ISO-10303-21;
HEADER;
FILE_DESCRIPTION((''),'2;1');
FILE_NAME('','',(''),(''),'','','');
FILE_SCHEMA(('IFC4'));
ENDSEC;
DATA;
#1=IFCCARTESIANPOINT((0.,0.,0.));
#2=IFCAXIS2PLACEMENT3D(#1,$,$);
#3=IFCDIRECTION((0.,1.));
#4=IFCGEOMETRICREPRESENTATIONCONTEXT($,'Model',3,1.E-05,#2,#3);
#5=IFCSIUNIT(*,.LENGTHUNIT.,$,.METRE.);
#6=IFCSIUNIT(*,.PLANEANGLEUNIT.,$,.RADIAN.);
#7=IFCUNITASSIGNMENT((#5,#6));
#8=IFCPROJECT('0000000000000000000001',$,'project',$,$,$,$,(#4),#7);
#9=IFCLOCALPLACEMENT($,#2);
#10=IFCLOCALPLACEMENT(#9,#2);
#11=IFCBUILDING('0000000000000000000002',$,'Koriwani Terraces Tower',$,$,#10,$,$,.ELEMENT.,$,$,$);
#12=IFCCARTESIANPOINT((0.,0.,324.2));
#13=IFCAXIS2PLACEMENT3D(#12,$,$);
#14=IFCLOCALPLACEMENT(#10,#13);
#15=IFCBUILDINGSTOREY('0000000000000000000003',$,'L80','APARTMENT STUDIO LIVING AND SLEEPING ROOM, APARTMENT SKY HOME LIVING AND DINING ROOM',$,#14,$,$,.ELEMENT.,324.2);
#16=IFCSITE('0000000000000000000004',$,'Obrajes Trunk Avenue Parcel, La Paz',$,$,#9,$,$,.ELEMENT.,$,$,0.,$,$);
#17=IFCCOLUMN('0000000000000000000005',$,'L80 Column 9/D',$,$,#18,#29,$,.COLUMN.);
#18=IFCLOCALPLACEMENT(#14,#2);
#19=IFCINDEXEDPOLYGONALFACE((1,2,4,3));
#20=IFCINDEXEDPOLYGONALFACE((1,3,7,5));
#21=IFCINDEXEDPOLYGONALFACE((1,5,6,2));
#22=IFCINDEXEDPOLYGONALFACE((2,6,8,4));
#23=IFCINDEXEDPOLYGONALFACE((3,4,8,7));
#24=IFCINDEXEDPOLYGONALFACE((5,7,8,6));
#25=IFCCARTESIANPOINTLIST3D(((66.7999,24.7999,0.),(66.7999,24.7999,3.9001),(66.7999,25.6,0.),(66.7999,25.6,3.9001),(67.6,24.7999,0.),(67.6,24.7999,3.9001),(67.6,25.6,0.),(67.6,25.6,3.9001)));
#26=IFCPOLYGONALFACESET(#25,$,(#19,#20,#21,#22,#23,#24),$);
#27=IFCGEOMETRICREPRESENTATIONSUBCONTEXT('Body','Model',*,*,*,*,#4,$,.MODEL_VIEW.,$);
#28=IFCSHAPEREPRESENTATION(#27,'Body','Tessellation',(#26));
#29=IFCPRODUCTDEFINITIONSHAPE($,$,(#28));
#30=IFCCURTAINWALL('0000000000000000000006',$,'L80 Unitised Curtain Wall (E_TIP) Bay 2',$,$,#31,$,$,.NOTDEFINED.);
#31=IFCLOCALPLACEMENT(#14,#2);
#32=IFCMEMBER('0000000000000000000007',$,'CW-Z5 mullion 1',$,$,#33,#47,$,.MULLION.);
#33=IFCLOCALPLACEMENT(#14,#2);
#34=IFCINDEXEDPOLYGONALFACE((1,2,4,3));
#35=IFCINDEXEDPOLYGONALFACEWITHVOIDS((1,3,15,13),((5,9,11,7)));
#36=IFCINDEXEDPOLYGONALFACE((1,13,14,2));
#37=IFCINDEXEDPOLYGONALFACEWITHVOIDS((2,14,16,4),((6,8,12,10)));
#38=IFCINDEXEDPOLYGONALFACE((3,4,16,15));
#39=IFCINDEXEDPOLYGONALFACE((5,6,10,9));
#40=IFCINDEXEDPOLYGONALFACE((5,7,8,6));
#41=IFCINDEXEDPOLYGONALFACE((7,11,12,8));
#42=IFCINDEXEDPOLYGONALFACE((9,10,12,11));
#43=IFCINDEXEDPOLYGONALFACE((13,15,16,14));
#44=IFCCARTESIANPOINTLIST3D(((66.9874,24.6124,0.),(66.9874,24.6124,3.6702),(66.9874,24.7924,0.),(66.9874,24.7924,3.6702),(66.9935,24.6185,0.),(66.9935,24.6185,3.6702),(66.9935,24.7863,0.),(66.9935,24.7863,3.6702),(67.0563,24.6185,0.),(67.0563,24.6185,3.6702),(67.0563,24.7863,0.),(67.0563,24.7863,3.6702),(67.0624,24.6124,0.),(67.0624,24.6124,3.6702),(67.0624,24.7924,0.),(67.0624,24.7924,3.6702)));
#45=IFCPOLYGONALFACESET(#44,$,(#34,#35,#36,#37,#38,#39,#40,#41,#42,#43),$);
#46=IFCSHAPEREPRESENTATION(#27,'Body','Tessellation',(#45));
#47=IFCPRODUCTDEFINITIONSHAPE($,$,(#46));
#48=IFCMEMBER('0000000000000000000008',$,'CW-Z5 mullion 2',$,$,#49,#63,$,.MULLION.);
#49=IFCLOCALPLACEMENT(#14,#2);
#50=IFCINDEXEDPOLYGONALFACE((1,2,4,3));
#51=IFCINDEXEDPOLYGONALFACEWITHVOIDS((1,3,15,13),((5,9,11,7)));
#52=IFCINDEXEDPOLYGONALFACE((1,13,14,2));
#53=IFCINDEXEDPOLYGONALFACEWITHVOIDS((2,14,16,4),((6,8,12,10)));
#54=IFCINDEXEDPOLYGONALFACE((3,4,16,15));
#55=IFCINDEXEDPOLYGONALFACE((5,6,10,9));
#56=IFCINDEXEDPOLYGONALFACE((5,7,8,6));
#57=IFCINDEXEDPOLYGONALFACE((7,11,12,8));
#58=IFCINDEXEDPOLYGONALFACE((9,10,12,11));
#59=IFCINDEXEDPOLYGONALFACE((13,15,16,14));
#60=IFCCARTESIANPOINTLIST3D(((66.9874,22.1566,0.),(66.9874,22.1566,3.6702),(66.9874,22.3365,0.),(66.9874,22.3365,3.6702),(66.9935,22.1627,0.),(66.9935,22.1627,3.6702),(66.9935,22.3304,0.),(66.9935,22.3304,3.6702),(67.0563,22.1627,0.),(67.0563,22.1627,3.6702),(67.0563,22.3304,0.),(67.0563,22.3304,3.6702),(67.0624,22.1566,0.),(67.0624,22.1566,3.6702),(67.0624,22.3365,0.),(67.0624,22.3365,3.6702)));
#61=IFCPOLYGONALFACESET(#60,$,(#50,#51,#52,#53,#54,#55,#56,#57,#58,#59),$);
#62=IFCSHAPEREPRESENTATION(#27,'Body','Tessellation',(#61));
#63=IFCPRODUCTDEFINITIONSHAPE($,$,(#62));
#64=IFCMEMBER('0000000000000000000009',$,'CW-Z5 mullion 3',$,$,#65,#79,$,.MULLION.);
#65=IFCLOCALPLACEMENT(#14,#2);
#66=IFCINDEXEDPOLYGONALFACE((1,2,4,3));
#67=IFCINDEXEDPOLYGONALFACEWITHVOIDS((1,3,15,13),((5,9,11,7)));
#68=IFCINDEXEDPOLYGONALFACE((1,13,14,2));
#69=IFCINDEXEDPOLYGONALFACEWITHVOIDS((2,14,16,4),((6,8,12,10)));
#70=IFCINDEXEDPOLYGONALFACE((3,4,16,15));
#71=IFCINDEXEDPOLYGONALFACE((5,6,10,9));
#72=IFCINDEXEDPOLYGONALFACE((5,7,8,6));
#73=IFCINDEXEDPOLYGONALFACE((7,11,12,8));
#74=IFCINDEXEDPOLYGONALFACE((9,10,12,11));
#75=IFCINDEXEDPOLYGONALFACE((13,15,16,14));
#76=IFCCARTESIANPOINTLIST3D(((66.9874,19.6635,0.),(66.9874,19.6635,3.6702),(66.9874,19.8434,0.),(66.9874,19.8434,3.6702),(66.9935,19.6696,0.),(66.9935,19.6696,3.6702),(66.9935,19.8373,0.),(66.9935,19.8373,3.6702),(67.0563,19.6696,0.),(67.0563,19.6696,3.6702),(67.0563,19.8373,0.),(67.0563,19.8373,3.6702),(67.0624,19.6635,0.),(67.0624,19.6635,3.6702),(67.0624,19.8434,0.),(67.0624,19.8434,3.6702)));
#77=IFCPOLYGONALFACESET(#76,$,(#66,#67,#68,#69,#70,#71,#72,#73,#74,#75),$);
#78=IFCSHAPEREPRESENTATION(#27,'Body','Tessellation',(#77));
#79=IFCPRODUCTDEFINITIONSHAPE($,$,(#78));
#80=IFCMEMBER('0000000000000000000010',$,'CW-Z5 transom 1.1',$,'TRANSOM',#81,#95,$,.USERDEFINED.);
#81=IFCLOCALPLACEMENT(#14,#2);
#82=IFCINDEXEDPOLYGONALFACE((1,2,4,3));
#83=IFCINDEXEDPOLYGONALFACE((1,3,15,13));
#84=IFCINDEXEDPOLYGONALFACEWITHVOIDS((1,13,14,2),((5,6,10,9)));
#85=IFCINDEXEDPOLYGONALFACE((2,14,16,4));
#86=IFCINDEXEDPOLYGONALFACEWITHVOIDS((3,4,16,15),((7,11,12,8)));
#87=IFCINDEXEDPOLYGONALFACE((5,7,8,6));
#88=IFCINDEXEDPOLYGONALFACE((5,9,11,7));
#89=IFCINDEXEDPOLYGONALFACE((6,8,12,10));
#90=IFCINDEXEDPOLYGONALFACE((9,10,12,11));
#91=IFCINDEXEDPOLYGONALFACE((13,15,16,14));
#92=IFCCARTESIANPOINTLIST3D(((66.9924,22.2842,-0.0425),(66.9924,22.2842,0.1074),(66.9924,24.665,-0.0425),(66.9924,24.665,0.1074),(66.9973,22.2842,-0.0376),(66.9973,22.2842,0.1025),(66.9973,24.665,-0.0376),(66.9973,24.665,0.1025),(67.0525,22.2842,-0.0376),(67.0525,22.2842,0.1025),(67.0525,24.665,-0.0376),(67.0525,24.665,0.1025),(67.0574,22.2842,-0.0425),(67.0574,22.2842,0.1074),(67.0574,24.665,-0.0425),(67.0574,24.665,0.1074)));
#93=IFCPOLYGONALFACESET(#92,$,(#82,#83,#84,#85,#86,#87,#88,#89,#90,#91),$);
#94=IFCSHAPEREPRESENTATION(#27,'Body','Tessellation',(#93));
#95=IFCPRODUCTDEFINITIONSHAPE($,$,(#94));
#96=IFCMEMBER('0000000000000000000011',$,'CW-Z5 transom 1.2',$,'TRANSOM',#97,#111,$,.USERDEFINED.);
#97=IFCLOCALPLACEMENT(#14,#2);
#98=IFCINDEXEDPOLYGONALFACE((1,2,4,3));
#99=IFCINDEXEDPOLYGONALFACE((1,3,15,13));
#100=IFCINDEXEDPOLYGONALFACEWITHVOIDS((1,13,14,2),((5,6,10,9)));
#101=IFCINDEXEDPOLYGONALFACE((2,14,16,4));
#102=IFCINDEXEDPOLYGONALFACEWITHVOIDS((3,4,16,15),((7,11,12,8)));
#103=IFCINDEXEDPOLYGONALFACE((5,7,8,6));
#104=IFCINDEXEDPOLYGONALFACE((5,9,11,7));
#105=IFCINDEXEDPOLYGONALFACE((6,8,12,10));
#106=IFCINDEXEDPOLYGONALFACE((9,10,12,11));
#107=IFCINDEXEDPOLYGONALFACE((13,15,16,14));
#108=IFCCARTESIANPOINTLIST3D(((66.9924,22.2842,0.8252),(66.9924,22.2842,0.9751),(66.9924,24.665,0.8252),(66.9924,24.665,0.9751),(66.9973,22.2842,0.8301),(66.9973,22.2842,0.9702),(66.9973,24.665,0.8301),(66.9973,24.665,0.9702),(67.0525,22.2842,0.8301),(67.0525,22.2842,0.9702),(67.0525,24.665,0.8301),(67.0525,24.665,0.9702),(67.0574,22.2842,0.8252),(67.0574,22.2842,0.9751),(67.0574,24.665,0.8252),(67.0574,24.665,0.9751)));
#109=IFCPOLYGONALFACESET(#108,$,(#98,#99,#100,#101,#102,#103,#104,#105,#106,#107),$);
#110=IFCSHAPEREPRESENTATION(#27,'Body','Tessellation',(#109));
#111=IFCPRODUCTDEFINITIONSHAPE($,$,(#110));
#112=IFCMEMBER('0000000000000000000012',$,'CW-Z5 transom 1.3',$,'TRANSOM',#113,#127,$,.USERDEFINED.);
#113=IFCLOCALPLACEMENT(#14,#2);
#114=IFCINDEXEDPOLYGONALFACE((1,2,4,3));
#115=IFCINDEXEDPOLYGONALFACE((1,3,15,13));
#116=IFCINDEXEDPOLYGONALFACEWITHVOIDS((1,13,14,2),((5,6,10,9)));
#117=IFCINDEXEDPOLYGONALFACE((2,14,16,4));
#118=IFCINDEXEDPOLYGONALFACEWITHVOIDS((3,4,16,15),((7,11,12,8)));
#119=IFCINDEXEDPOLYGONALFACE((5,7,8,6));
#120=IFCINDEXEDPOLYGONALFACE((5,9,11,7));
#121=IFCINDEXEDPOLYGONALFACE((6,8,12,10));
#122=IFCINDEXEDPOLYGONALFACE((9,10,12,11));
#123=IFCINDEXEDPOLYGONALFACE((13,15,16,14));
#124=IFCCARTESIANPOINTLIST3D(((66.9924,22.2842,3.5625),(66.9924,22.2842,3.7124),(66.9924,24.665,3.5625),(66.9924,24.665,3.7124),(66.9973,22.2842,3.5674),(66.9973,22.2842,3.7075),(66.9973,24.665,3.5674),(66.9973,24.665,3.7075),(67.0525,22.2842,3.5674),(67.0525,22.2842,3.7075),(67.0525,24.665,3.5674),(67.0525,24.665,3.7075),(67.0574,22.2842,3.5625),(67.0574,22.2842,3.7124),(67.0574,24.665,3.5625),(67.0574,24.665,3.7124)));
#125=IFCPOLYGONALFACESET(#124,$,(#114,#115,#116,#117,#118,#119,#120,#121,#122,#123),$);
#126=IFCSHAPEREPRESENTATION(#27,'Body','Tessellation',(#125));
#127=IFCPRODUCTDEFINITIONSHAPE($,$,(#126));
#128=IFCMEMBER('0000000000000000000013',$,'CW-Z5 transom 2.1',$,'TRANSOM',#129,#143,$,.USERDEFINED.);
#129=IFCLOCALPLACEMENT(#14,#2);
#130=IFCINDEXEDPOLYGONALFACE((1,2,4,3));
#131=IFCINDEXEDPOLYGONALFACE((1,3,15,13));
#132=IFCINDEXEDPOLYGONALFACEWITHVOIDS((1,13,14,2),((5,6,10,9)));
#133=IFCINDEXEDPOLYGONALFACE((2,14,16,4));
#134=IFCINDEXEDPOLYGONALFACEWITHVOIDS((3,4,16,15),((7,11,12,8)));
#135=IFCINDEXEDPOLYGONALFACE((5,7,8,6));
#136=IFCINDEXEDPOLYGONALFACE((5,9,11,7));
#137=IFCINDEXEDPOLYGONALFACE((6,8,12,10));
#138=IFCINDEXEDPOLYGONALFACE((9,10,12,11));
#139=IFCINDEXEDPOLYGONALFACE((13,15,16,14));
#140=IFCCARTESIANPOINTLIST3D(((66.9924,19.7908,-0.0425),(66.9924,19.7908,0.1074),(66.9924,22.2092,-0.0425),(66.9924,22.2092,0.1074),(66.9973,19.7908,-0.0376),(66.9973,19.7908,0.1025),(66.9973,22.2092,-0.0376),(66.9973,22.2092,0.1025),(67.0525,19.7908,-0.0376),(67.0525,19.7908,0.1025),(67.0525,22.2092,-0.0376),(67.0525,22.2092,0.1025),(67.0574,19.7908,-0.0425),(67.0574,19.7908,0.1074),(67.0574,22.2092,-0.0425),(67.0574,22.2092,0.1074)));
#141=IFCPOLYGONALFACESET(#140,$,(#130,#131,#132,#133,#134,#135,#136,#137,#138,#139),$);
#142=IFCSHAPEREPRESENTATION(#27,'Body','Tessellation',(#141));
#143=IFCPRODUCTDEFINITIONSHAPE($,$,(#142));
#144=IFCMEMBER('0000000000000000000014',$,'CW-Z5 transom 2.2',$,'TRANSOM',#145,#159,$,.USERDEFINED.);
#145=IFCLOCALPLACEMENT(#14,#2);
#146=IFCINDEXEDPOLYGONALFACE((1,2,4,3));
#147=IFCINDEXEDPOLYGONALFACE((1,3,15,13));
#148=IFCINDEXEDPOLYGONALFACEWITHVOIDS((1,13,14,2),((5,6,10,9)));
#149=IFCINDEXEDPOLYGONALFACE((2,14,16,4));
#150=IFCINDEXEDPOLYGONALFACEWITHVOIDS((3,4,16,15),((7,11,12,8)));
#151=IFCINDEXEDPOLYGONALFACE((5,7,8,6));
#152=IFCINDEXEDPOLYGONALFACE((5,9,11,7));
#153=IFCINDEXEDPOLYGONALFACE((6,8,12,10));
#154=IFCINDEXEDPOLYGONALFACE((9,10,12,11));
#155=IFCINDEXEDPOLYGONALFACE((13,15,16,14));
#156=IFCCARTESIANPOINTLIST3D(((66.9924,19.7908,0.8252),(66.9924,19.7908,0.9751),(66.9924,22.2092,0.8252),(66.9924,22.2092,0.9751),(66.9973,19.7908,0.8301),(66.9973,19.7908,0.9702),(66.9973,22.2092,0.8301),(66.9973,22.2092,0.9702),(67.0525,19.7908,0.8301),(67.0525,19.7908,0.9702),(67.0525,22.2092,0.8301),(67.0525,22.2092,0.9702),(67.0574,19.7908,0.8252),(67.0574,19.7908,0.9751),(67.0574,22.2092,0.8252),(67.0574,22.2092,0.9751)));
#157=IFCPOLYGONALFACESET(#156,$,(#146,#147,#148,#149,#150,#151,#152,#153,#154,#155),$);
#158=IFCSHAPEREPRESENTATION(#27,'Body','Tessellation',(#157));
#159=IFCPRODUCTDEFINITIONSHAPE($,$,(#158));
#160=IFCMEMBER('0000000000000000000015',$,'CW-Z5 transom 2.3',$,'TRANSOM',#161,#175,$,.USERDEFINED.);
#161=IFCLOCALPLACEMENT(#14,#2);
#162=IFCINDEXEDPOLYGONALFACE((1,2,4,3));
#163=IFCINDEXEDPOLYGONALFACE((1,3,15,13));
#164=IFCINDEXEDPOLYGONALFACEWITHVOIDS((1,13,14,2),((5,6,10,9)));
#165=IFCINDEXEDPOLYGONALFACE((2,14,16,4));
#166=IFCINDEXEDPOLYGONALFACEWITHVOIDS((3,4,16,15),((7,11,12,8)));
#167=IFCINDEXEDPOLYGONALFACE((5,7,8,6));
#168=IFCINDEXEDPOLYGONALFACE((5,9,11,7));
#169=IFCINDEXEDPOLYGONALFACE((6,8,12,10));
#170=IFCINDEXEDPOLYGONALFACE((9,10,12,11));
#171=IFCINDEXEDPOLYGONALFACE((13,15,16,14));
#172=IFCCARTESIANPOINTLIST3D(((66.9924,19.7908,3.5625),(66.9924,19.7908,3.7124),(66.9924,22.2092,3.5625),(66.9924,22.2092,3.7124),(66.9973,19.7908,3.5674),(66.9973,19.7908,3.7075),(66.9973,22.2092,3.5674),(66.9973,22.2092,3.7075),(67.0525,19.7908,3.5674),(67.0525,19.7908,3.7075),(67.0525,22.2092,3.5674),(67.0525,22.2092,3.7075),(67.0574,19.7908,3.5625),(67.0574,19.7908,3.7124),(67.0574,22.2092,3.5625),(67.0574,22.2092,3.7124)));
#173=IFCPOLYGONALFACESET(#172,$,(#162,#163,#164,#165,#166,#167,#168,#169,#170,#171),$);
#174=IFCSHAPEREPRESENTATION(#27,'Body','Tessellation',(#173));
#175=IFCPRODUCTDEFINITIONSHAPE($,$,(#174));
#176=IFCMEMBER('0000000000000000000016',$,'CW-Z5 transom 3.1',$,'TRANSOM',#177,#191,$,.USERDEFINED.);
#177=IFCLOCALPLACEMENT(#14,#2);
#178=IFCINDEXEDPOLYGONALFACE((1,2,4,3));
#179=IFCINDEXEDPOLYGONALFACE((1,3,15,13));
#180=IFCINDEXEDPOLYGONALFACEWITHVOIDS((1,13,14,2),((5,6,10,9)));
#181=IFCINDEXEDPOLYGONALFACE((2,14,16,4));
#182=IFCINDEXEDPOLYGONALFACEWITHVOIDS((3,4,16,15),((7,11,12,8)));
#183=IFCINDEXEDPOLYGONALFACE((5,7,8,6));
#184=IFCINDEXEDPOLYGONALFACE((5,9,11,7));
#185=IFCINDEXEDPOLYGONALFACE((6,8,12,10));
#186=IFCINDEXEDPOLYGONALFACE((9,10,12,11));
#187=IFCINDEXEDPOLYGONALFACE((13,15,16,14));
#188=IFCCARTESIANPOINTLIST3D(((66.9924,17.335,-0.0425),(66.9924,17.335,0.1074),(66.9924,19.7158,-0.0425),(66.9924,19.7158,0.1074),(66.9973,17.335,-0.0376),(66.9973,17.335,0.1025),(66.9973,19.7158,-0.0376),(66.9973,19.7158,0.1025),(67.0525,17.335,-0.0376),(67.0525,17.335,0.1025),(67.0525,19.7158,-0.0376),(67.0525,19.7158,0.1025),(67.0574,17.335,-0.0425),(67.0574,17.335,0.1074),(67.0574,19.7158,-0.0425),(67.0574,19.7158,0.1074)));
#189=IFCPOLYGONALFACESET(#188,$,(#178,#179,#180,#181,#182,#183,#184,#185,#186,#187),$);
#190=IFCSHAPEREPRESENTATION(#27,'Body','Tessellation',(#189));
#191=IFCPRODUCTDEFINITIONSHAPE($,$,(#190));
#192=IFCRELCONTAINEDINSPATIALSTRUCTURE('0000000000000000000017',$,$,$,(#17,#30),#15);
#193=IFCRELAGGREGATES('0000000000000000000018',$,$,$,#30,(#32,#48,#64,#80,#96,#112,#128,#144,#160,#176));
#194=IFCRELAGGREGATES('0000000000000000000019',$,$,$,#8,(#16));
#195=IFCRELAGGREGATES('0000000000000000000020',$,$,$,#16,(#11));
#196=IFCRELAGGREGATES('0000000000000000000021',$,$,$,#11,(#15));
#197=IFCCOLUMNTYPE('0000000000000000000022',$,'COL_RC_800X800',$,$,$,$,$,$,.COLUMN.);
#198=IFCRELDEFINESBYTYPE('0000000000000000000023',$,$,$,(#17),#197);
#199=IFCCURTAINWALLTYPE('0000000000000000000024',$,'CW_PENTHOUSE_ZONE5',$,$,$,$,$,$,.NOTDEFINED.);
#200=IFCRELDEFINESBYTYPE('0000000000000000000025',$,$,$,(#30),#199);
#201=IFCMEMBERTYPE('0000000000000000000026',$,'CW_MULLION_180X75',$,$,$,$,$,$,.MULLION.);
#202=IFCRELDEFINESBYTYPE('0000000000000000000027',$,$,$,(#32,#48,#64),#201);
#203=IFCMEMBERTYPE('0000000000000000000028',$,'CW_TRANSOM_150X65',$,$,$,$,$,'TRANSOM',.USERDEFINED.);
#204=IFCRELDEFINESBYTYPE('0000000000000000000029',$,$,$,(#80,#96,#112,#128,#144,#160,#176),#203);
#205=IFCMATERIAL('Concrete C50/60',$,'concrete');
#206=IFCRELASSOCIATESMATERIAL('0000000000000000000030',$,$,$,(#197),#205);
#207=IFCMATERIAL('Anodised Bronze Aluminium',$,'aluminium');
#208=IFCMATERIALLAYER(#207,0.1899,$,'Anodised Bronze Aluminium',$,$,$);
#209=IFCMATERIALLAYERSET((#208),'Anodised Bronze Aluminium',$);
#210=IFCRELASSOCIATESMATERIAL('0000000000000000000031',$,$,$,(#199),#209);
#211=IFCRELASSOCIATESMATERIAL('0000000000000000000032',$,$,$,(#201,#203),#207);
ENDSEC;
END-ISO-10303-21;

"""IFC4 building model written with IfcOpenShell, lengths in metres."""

from ifc_helpers import new_model, si_unit, direction, frame, origin, origin_2d, place, context, subcontext, project, spatial, rectangle, hollow_rectangle, extrude, material, layer, layer_set, material_profile, profile_set, type_object, element, aggregate, save


model = new_model("IFC4")

# Units and contexts
model_context = context("Model", 3, precision=1e-05, world=origin(), true_north=direction((0.0, 1.0)))
body_context = subcontext(model_context, "Body", "Model", "MODEL_VIEW")
ifc_project = project(units=[si_unit("LENGTHUNIT", "METRE"), si_unit("PLANEANGLEUNIT", "RADIAN")], contexts=[model_context])

# Site, building, storey
site_placement = place(None, origin())
site = spatial("IfcSite", under=ifc_project, at=site_placement, Name="Obrajes Trunk Avenue Parcel, La Paz", CompositionType="ELEMENT", RefElevation=0.0)
building_placement = place(site_placement, origin())
building = spatial("IfcBuilding", under=site, at=building_placement, Name="Koriwani Terraces Tower", CompositionType="ELEMENT")
storey_placement = place(building_placement, frame((0.0, 0.0, 324.2)))
storey = spatial("IfcBuildingStorey", under=building, at=storey_placement, Name="L80", Description="APARTMENT STUDIO LIVING AND SLEEPING ROOM, APARTMENT SKY HOME LIVING AND DINING ROOM", CompositionType="ELEMENT", Elevation=324.2)

# Column
ifc_material_1 = material(Name="Concrete C50/60", Category="concrete")
ifc_material_profile_1 = material_profile(ifc_material_1, rectangle(XDim=0.8, YDim=0.8, at=origin_2d()), Name="Concrete C50/60", Category="LoadBearing")
ifc_profile_set_1 = profile_set([ifc_material_profile_1], Name="Concrete C50/60")
column_type = type_object("IfcColumnType", Name="COL_RC_800X800", PredefinedType="COLUMN", material=ifc_profile_set_1)
column_placement = place(storey_placement, frame((67.2, 25.2, 0.0), z_axis=(0.0, 0.0, 1.0), x_axis=(1.0, 0.0, 0.0)))
element("IfcColumn", 1, at=column_placement, inside=storey, type_object=column_type, Name="L80 Column 9/D", PredefinedType="COLUMN", context=body_context, shape_type="SweptSolid", body=[
    extrude(rectangle(XDim=0.8, YDim=0.8, at=origin_2d()), origin(), (0.0, 0.0, 1.0), 3.9001),
])

# Curtain wall, members
ifc_material_2 = material(Name="Anodised Bronze Aluminium", Category="aluminium")
ifc_layer_1 = layer(ifc_material_2, 0.1899, Name="Anodised Bronze Aluminium")
ifc_layer_set_1 = layer_set([ifc_layer_1], Name="Anodised Bronze Aluminium")
curtain_wall_type = type_object("IfcCurtainWallType", Name="CW_PENTHOUSE_ZONE5", PredefinedType="NOTDEFINED", material=ifc_layer_set_1)
curtain_wall_placement = place(storey_placement, origin())
curtain_wall = element("IfcCurtainWall", 2, at=curtain_wall_placement, inside=storey, type_object=curtain_wall_type, Name="L80 Unitised Curtain Wall (E_TIP) Bay 2", PredefinedType="NOTDEFINED")
ifc_material_profile_2 = material_profile(ifc_material_2, hollow_rectangle(XDim=0.075, YDim=0.1799, WallThickness=0.0061, at=origin_2d()), Name="Anodised Bronze Aluminium", Category="LoadBearing")
ifc_profile_set_2 = profile_set([ifc_material_profile_2], Name="Anodised Bronze Aluminium")
member_type_1 = type_object("IfcMemberType", Name="CW_MULLION_180X75", PredefinedType="MULLION", material=ifc_profile_set_2)
member_1_placement = place(storey_placement, frame((67.0249, 24.7024, 0.0), z_axis=(0.0, 0.0, 1.0), x_axis=(1.0, 0.0, 0.0)))
member_1 = element("IfcMember", 3, at=member_1_placement, type_object=member_type_1, Name="CW-Z5 mullion 1", PredefinedType="MULLION", context=body_context, shape_type="SweptSolid", body=[
    extrude(hollow_rectangle(XDim=0.075, YDim=0.1799, WallThickness=0.0061, at=origin_2d()), origin(), (0.0, 0.0, 1.0), 3.6702),
])
member_2_placement = place(storey_placement, frame((67.0249, 22.2466, 0.0), z_axis=(0.0, 0.0, 1.0), x_axis=(1.0, 0.0, 0.0)))
member_2 = element("IfcMember", 4, at=member_2_placement, type_object=member_type_1, Name="CW-Z5 mullion 2", PredefinedType="MULLION", context=body_context, shape_type="SweptSolid", body=[
    extrude(hollow_rectangle(XDim=0.075, YDim=0.1799, WallThickness=0.0061, at=origin_2d()), origin(), (0.0, 0.0, 1.0), 3.6702),
])
member_3_placement = place(storey_placement, frame((67.0249, 19.7534, 0.0), z_axis=(0.0, 0.0, 1.0), x_axis=(1.0, 0.0, 0.0)))
member_3 = element("IfcMember", 5, at=member_3_placement, type_object=member_type_1, Name="CW-Z5 mullion 3", PredefinedType="MULLION", context=body_context, shape_type="SweptSolid", body=[
    extrude(hollow_rectangle(XDim=0.075, YDim=0.1799, WallThickness=0.0061, at=origin_2d()), origin(), (0.0, 0.0, 1.0), 3.6702),
])
ifc_material_profile_3 = material_profile(ifc_material_2, hollow_rectangle(XDim=0.0649, YDim=0.1499, WallThickness=0.0049, at=origin_2d()), Name="Anodised Bronze Aluminium", Category="LoadBearing")
ifc_profile_set_3 = profile_set([ifc_material_profile_3], Name="Anodised Bronze Aluminium")
member_type_2 = type_object("IfcMemberType", Name="CW_TRANSOM_150X65", ElementType="TRANSOM", PredefinedType="USERDEFINED", material=ifc_profile_set_3)
member_4_placement = place(storey_placement, frame((67.0249, 24.665, 0.0325), z_axis=(0.0, -1.0, 0.0), x_axis=(1.0, 0.0, 0.0)))
member_4 = element("IfcMember", 6, at=member_4_placement, type_object=member_type_2, Name="CW-Z5 transom 1.1", ObjectType="TRANSOM", PredefinedType="USERDEFINED", context=body_context, shape_type="SweptSolid", body=[
    extrude(hollow_rectangle(XDim=0.0649, YDim=0.1499, WallThickness=0.0049, at=origin_2d()), origin(), (0.0, 0.0, 1.0), 2.3809),
])
member_5_placement = place(storey_placement, frame((67.0249, 24.665, 0.9001), z_axis=(0.0, -1.0, 0.0), x_axis=(1.0, 0.0, 0.0)))
member_5 = element("IfcMember", 7, at=member_5_placement, type_object=member_type_2, Name="CW-Z5 transom 1.2", ObjectType="TRANSOM", PredefinedType="USERDEFINED", context=body_context, shape_type="SweptSolid", body=[
    extrude(hollow_rectangle(XDim=0.0649, YDim=0.1499, WallThickness=0.0049, at=origin_2d()), origin(), (0.0, 0.0, 1.0), 2.3809),
])
member_6_placement = place(storey_placement, frame((67.0249, 24.665, 3.6375), z_axis=(0.0, -1.0, 0.0), x_axis=(1.0, 0.0, 0.0)))
member_6 = element("IfcMember", 8, at=member_6_placement, type_object=member_type_2, Name="CW-Z5 transom 1.3", ObjectType="TRANSOM", PredefinedType="USERDEFINED", context=body_context, shape_type="SweptSolid", body=[
    extrude(hollow_rectangle(XDim=0.0649, YDim=0.1499, WallThickness=0.0049, at=origin_2d()), origin(), (0.0, 0.0, 1.0), 2.3809),
])
member_7_placement = place(storey_placement, frame((67.0249, 22.2092, 0.0325), z_axis=(0.0, -1.0, 0.0), x_axis=(1.0, 0.0, 0.0)))
member_7 = element("IfcMember", 9, at=member_7_placement, type_object=member_type_2, Name="CW-Z5 transom 2.1", ObjectType="TRANSOM", PredefinedType="USERDEFINED", context=body_context, shape_type="SweptSolid", body=[
    extrude(hollow_rectangle(XDim=0.0649, YDim=0.1499, WallThickness=0.0049, at=origin_2d()), origin(), (0.0, 0.0, 1.0), 2.4185),
])
member_8_placement = place(storey_placement, frame((67.0249, 22.2092, 0.9001), z_axis=(0.0, -1.0, 0.0), x_axis=(1.0, 0.0, 0.0)))
member_8 = element("IfcMember", 10, at=member_8_placement, type_object=member_type_2, Name="CW-Z5 transom 2.2", ObjectType="TRANSOM", PredefinedType="USERDEFINED", context=body_context, shape_type="SweptSolid", body=[
    extrude(hollow_rectangle(XDim=0.0649, YDim=0.1499, WallThickness=0.0049, at=origin_2d()), origin(), (0.0, 0.0, 1.0), 2.4185),
])
member_9_placement = place(storey_placement, frame((67.0249, 22.2092, 3.6375), z_axis=(0.0, -1.0, 0.0), x_axis=(1.0, 0.0, 0.0)))
member_9 = element("IfcMember", 11, at=member_9_placement, type_object=member_type_2, Name="CW-Z5 transom 2.3", ObjectType="TRANSOM", PredefinedType="USERDEFINED", context=body_context, shape_type="SweptSolid", body=[
    extrude(hollow_rectangle(XDim=0.0649, YDim=0.1499, WallThickness=0.0049, at=origin_2d()), origin(), (0.0, 0.0, 1.0), 2.4185),
])
member_10_placement = place(storey_placement, frame((67.0249, 19.7158, 0.0325), z_axis=(0.0, -1.0, 0.0), x_axis=(1.0, 0.0, 0.0)))
member_10 = element("IfcMember", 12, at=member_10_placement, type_object=member_type_2, Name="CW-Z5 transom 3.1", ObjectType="TRANSOM", PredefinedType="USERDEFINED", context=body_context, shape_type="SweptSolid", body=[
    extrude(hollow_rectangle(XDim=0.0649, YDim=0.1499, WallThickness=0.0049, at=origin_2d()), origin(), (0.0, 0.0, 1.0), 2.3809),
])

aggregate(curtain_wall, [member_1, member_2, member_3, member_4, member_5, member_6, member_7, member_8, member_9, member_10])

save(model, "model.ifc")
